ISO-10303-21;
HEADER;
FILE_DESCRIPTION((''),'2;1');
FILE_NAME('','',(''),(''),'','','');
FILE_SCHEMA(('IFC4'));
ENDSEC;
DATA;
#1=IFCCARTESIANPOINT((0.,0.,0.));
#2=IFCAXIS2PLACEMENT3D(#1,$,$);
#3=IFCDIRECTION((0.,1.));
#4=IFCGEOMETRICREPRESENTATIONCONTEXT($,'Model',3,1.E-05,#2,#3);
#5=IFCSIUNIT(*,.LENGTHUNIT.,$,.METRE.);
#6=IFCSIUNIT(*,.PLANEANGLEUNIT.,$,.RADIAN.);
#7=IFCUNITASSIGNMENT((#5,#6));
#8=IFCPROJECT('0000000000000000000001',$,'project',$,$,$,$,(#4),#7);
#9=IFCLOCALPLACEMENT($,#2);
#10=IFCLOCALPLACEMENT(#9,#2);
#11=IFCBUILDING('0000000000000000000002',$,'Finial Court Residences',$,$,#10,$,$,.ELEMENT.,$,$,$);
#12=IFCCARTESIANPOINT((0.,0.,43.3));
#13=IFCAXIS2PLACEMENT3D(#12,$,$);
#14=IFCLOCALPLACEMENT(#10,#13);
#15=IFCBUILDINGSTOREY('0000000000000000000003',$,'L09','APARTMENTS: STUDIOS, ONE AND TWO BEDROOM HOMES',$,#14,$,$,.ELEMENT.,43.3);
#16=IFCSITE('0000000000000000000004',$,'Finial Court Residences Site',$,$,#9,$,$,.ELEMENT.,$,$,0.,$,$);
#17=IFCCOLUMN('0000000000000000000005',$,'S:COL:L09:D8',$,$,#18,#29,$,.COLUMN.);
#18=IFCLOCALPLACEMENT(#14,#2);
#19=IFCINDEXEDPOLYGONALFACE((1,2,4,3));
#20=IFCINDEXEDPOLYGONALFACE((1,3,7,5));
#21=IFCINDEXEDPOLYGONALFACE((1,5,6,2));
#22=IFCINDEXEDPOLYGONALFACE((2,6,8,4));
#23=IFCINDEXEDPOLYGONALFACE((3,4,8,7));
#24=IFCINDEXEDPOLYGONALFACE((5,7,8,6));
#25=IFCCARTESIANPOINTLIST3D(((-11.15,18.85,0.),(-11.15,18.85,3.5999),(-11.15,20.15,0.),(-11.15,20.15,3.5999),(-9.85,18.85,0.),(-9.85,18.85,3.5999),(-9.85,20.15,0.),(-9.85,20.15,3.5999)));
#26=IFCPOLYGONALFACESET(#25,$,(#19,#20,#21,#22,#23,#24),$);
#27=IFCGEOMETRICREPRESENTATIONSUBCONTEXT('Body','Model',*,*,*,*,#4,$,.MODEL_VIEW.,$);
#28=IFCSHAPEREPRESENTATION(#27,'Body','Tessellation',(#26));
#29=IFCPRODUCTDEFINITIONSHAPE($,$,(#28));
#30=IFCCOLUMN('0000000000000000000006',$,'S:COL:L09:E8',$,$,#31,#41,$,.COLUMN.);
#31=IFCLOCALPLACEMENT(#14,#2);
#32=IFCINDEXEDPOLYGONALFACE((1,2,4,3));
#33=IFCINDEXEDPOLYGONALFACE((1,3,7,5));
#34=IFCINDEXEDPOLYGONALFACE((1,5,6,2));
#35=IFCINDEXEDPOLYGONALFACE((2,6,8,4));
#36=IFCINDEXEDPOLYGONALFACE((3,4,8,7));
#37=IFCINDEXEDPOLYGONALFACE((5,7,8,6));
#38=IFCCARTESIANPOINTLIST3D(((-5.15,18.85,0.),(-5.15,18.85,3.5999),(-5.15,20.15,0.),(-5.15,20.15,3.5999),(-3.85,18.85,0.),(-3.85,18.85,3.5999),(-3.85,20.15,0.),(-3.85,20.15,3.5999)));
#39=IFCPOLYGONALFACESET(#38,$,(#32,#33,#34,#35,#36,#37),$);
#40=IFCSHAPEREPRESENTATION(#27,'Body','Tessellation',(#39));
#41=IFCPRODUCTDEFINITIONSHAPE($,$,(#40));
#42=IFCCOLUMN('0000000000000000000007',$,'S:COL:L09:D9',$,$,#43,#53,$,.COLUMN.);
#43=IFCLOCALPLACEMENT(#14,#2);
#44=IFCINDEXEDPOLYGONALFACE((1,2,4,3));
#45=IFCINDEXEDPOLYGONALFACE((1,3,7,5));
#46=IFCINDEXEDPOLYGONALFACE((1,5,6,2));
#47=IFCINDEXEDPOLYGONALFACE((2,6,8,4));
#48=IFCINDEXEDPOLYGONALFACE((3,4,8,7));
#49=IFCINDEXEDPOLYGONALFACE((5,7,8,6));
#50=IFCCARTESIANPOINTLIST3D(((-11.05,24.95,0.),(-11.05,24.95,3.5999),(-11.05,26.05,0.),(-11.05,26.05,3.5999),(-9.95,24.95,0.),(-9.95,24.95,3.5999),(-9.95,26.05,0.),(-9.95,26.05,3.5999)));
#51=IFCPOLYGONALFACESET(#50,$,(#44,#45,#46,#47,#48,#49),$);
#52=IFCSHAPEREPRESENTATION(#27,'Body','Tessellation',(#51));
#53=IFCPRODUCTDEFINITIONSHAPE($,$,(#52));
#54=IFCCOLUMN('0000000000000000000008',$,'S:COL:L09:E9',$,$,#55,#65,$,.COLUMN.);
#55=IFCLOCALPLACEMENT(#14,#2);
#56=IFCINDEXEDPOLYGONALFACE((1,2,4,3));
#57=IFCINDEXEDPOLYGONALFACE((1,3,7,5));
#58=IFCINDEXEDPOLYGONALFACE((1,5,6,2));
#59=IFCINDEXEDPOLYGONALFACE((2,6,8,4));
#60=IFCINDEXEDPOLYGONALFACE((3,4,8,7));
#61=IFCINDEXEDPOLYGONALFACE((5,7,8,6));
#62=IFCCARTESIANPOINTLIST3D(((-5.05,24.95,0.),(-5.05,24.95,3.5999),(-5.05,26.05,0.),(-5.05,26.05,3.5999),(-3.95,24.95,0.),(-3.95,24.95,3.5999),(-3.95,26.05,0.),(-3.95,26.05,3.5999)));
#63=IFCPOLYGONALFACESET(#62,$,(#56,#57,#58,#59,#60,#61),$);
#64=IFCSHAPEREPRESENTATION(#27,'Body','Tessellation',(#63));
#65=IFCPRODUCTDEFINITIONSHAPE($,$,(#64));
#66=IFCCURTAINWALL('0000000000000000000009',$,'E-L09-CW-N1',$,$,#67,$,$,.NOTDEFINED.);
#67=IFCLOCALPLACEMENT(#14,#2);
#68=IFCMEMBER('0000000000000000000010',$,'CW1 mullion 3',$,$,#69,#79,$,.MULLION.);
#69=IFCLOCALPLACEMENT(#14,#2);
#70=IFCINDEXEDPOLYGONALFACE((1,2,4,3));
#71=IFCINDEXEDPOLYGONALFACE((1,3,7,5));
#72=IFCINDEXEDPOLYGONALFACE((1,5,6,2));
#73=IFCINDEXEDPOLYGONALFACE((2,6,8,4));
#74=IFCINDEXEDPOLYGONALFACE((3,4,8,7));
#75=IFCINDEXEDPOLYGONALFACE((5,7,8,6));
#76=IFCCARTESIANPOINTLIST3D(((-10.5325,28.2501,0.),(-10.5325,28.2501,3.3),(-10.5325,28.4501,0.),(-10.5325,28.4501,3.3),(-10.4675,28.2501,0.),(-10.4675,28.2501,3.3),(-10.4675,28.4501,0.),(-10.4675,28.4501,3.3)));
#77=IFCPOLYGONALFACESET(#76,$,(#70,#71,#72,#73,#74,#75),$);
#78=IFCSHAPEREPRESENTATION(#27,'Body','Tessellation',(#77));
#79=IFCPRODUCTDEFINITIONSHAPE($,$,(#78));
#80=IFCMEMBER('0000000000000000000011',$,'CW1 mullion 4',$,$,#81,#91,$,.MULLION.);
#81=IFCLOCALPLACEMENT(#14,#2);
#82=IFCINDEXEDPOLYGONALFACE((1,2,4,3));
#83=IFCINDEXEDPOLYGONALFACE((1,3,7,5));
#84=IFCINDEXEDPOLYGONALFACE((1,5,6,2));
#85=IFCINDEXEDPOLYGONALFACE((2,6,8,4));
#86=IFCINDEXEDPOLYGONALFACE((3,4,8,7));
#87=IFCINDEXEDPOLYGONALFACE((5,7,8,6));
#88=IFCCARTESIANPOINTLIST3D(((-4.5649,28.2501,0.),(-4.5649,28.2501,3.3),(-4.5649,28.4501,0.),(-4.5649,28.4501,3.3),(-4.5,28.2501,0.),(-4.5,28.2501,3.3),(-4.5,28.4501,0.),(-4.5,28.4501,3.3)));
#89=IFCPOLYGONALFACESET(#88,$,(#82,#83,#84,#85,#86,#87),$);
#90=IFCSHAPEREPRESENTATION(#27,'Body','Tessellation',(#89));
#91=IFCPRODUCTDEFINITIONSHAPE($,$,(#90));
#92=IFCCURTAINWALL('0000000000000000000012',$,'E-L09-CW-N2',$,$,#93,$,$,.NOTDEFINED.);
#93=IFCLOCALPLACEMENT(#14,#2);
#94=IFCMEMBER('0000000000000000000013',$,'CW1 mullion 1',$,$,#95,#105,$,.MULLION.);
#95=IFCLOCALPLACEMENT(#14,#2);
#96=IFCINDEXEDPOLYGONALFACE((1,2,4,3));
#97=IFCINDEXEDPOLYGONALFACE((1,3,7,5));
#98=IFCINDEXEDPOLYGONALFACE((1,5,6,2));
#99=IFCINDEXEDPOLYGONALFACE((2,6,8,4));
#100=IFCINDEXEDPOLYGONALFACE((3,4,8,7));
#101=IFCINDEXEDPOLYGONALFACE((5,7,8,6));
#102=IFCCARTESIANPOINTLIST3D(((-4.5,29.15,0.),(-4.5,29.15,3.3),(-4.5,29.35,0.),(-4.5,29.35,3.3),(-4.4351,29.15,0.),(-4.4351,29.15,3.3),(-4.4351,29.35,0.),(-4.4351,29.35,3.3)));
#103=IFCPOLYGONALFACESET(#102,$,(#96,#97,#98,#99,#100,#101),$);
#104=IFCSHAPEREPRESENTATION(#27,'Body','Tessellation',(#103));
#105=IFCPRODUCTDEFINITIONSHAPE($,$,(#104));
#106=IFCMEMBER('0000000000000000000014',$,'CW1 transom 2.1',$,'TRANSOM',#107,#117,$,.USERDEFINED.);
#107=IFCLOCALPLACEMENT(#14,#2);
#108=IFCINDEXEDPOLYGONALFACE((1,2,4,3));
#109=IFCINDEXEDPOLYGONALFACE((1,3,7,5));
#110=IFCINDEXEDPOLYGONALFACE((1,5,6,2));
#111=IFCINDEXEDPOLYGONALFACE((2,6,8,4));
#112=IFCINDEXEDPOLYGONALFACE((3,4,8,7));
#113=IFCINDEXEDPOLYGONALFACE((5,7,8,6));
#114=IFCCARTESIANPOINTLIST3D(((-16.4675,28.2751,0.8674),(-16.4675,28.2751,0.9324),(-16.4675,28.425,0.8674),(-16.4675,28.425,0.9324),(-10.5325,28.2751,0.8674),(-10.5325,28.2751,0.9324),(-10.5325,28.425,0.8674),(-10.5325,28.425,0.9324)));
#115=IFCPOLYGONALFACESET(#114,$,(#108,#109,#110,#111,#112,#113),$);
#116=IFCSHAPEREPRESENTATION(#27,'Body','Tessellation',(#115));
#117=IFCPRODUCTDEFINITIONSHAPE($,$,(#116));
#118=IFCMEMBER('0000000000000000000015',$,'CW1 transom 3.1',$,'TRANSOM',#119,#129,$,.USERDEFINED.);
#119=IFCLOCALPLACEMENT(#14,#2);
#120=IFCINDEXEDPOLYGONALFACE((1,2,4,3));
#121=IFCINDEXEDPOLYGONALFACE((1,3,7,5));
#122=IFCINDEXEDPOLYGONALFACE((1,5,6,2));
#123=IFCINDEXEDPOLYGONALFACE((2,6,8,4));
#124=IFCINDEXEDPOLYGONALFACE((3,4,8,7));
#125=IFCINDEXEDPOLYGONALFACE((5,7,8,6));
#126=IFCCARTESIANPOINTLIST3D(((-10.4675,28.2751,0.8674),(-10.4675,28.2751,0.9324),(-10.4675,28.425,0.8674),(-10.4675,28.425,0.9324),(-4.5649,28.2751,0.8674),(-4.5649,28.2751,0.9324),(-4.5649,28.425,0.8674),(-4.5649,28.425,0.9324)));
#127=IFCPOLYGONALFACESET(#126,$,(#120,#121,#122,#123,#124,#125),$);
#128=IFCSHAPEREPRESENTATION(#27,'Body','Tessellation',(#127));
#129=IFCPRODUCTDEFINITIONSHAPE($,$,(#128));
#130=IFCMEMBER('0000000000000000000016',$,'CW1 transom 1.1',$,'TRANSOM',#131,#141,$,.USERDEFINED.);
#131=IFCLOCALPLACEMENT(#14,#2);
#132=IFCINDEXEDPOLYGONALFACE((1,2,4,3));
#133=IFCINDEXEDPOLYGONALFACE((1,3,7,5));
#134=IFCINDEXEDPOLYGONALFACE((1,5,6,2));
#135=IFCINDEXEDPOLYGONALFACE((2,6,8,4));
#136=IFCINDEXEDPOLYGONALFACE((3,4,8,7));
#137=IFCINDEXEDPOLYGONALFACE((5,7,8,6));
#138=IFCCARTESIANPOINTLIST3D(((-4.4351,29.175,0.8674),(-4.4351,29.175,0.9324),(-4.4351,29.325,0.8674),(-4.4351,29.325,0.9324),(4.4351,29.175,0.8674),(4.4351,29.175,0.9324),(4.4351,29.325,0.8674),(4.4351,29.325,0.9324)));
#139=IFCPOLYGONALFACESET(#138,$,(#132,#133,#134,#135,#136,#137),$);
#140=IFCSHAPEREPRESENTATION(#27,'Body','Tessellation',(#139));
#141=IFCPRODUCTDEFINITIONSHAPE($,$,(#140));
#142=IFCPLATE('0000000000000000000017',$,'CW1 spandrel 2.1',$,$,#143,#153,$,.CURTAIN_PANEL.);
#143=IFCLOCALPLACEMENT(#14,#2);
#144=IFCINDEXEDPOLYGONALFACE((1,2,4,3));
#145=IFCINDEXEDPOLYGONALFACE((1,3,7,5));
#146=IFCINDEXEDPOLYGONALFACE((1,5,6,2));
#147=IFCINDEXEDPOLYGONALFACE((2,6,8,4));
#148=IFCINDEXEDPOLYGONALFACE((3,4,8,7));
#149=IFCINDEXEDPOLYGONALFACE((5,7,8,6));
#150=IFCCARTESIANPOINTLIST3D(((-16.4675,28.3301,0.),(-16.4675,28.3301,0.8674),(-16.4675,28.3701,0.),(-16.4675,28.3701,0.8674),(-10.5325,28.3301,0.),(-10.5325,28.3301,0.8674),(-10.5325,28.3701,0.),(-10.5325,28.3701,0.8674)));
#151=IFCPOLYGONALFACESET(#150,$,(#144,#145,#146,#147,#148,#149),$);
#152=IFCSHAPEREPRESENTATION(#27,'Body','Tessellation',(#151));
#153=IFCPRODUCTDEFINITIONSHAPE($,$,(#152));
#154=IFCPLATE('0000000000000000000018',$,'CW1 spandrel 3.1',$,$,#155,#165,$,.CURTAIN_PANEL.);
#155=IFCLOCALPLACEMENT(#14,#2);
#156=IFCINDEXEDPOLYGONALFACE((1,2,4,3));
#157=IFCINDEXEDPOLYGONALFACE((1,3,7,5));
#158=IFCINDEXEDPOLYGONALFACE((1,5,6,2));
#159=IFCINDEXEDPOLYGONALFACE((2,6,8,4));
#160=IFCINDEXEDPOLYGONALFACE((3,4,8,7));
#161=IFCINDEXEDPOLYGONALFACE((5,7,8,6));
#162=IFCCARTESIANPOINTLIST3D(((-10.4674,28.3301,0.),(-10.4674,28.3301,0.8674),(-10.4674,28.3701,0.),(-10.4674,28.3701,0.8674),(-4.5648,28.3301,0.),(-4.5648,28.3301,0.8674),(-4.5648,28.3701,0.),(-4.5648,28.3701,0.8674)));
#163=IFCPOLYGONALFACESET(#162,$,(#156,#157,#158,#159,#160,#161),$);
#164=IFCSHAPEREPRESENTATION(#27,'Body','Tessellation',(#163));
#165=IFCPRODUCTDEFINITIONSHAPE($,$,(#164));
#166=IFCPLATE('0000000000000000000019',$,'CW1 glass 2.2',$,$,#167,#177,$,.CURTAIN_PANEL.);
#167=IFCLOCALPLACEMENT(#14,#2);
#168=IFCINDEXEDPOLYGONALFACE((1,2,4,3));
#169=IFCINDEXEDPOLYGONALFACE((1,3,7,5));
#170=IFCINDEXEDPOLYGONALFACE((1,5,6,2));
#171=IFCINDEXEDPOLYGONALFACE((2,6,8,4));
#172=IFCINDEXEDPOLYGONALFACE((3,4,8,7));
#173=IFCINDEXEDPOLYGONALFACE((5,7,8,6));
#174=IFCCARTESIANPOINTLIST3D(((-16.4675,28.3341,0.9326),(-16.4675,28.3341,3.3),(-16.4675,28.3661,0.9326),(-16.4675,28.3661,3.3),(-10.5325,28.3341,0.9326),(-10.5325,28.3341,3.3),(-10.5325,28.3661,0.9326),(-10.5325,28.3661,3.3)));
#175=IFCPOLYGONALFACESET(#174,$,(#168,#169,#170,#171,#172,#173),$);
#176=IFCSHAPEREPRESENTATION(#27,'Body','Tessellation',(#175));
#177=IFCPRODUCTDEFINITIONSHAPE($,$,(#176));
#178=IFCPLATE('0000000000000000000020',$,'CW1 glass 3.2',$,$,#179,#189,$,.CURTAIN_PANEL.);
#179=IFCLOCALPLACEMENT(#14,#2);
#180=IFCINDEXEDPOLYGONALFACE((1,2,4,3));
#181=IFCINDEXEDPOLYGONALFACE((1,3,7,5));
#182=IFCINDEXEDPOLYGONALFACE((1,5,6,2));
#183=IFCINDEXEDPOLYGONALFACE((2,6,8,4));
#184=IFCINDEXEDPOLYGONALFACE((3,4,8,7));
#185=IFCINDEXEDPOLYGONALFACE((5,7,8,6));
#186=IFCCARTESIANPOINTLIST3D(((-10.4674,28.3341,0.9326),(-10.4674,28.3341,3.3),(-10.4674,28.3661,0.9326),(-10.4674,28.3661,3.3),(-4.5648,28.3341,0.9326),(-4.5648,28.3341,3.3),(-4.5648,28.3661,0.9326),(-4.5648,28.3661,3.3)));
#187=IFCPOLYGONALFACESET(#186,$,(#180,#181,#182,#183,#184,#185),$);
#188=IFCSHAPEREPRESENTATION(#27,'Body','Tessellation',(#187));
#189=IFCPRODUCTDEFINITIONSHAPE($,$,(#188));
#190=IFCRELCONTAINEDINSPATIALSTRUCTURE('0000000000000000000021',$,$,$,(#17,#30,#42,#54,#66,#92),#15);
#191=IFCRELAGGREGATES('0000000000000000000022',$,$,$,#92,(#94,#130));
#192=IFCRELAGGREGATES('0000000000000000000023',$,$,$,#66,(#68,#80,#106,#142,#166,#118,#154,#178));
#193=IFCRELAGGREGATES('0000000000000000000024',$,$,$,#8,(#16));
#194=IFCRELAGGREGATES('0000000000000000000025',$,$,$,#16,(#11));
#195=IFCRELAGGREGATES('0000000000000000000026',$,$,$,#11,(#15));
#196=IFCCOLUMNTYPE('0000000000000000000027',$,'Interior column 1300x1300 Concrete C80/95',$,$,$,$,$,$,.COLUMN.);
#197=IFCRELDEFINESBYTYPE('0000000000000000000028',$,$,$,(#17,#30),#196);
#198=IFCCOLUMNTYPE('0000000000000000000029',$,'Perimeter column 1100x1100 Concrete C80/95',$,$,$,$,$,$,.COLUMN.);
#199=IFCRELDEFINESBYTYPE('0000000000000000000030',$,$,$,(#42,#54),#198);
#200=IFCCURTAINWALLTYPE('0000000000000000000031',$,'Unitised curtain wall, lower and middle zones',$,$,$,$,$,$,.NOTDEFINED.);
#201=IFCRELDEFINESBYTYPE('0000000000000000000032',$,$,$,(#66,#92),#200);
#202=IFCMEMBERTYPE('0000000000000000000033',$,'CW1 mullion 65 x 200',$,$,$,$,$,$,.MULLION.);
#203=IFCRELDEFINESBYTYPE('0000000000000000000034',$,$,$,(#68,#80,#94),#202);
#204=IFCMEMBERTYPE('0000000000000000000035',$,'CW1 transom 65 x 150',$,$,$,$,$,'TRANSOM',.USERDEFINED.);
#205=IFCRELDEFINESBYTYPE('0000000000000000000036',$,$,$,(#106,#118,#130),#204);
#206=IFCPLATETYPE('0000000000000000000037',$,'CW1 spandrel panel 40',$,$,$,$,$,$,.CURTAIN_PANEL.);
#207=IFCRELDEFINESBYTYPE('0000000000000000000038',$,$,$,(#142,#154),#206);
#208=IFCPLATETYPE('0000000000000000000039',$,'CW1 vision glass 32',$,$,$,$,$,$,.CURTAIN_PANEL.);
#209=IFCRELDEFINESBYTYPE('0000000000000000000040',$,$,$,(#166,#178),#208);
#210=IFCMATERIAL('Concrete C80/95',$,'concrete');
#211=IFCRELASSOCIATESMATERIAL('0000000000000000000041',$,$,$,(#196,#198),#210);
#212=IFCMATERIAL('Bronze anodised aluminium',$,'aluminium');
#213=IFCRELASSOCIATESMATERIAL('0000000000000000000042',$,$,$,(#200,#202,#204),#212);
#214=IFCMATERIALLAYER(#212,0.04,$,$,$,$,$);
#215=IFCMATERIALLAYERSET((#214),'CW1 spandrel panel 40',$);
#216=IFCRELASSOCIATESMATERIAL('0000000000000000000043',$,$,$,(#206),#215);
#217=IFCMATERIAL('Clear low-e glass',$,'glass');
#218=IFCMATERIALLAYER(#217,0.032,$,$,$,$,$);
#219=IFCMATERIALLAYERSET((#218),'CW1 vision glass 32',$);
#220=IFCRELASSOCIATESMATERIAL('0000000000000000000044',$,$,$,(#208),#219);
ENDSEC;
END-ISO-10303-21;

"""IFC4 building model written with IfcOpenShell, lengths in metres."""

from ifc_helpers import new_model, si_unit, direction, frame, origin, origin_2d, place, context, subcontext, project, spatial, rectangle, extrude, material, layer, layer_set, material_profile, profile_set, type_object, element, aggregate, save


model = new_model("IFC4")

# Units and contexts
model_context = context("Model", 3, precision=1e-05, world=origin(), true_north=direction((0.0, 1.0)))
body_context = subcontext(model_context, "Body", "Model", "MODEL_VIEW")
ifc_project = project(units=[si_unit("LENGTHUNIT", "METRE"), si_unit("PLANEANGLEUNIT", "RADIAN")], contexts=[model_context])

# Site, building, storey
site_placement = place(None, origin())
site = spatial("IfcSite", under=ifc_project, at=site_placement, Name="Finial Court Residences Site", CompositionType="ELEMENT", RefElevation=0.0)
building_placement = place(site_placement, origin())
building = spatial("IfcBuilding", under=site, at=building_placement, Name="Finial Court Residences", CompositionType="ELEMENT")
storey_placement = place(building_placement, frame((0.0, 0.0, 43.3)))
storey = spatial("IfcBuildingStorey", under=building, at=storey_placement, Name="L09", Description="APARTMENTS: STUDIOS, ONE AND TWO BEDROOM HOMES", CompositionType="ELEMENT", Elevation=43.3)

# Columns
ifc_material_1 = material(Name="Concrete C80/95", Category="concrete")
ifc_material_profile_1 = material_profile(ifc_material_1, rectangle(XDim=1.3, YDim=1.3, at=origin_2d()), Name="1300x1300")
ifc_profile_set_1 = profile_set([ifc_material_profile_1], Name="Concrete C80/95")
column_type_1 = type_object("IfcColumnType", Name="Interior column 1300x1300 Concrete C80/95", PredefinedType="COLUMN", material=ifc_profile_set_1)
for number, where, z_axis, x_axis, name in (
    (1, (-10.5, 19.5, 0.0), (0.0, 0.0, 1.0), (1.0, 0.0, 0.0), "S:COL:L09:D8"),
    (2, (-4.5, 19.5, 0.0), (0.0, 0.0, 1.0), (1.0, 0.0, 0.0), "S:COL:L09:E8"),
):
    element("IfcColumn", number, at=place(storey_placement, frame(where, z_axis=z_axis, x_axis=x_axis)), inside=storey, type_object=column_type_1, Name=name, PredefinedType="COLUMN", context=body_context, shape_type="SweptSolid", body=[
        extrude(rectangle(XDim=1.3, YDim=1.3, at=origin_2d()), origin(), (0.0, 0.0, 1.0), 3.5999),
    ])
ifc_material_profile_2 = material_profile(ifc_material_1, rectangle(XDim=1.1001, YDim=1.1001, at=origin_2d()), Name="1100x1100")
ifc_profile_set_2 = profile_set([ifc_material_profile_2], Name="Concrete C80/95")
column_type_2 = type_object("IfcColumnType", Name="Perimeter column 1100x1100 Concrete C80/95", PredefinedType="COLUMN", material=ifc_profile_set_2)
for number, where, z_axis, x_axis, name in (
    (3, (-10.5, 25.5, 0.0), (0.0, 0.0, 1.0), (1.0, 0.0, 0.0), "S:COL:L09:D9"),
    (4, (-4.5, 25.5, 0.0), (0.0, 0.0, 1.0), (1.0, 0.0, 0.0), "S:COL:L09:E9"),
):
    element("IfcColumn", number, at=place(storey_placement, frame(where, z_axis=z_axis, x_axis=x_axis)), inside=storey, type_object=column_type_2, Name=name, PredefinedType="COLUMN", context=body_context, shape_type="SweptSolid", body=[
        extrude(rectangle(XDim=1.1001, YDim=1.1001, at=origin_2d()), origin(), (0.0, 0.0, 1.0), 3.5999),
    ])

# Curtain wall, members
ifc_material_2 = material(Name="Bronze anodised aluminium", Category="aluminium")
curtain_wall_type = type_object("IfcCurtainWallType", Name="Unitised curtain wall, lower and middle zones", PredefinedType="NOTDEFINED", material=ifc_material_2)
curtain_wall_1_placement = place(storey_placement, origin())
curtain_wall_1 = element("IfcCurtainWall", 5, at=curtain_wall_1_placement, inside=storey, type_object=curtain_wall_type, Name="E-L09-CW-N1", PredefinedType="NOTDEFINED")
ifc_material_profile_3 = material_profile(ifc_material_2, rectangle(XDim=0.2, YDim=0.0649, at=origin_2d()), Name="CW1 mullion 65 x 200")
ifc_profile_set_3 = profile_set([ifc_material_profile_3], Name="Bronze anodised aluminium")
member_type_1 = type_object("IfcMemberType", Name="CW1 mullion 65 x 200", PredefinedType="MULLION", material=ifc_profile_set_3)
member_1_placement = place(storey_placement, frame((-10.5, 28.3501, 0.0), z_axis=(0.0, 0.0, 1.0), x_axis=(0.0, 1.0, 0.0)))
member_1 = element("IfcMember", 6, at=member_1_placement, type_object=member_type_1, Name="CW1 mullion 3", PredefinedType="MULLION", context=body_context, shape_type="SweptSolid", body=[
    extrude(rectangle(XDim=0.2, YDim=0.0649, at=origin_2d()), origin(), (0.0, 0.0, 1.0), 3.3),
])
member_2_placement = place(storey_placement, frame((-4.5325, 28.3501, 0.0), z_axis=(0.0, 0.0, 1.0), x_axis=(0.0, 1.0, 0.0)))
member_2 = element("IfcMember", 7, at=member_2_placement, type_object=member_type_1, Name="CW1 mullion 4", PredefinedType="MULLION", context=body_context, shape_type="SweptSolid", body=[
    extrude(rectangle(XDim=0.2, YDim=0.0649, at=origin_2d()), origin(), (0.0, 0.0, 1.0), 3.3),
])

# Curtain wall, member
curtain_wall_2_placement = place(storey_placement, origin())
curtain_wall_2 = element("IfcCurtainWall", 8, at=curtain_wall_2_placement, inside=storey, type_object=curtain_wall_type, Name="E-L09-CW-N2", PredefinedType="NOTDEFINED")
member_3_placement = place(storey_placement, frame((-4.4675, 29.25, 0.0), z_axis=(0.0, 0.0, 1.0), x_axis=(0.0, 1.0, 0.0)))
member_3 = element("IfcMember", 9, at=member_3_placement, type_object=member_type_1, Name="CW1 mullion 1", PredefinedType="MULLION", context=body_context, shape_type="SweptSolid", body=[
    extrude(rectangle(XDim=0.2, YDim=0.0649, at=origin_2d()), origin(), (0.0, 0.0, 1.0), 3.3),
])

# Members
ifc_material_profile_4 = material_profile(ifc_material_2, rectangle(XDim=0.1499, YDim=0.0649, at=origin_2d()), Name="CW1 transom 65 x 150")
ifc_profile_set_4 = profile_set([ifc_material_profile_4], Name="Bronze anodised aluminium")
member_type_2 = type_object("IfcMemberType", Name="CW1 transom 65 x 150", ElementType="TRANSOM", PredefinedType="USERDEFINED", material=ifc_profile_set_4)
member_4_placement = place(storey_placement, frame((-16.4675, 28.3501, 0.8999), z_axis=(1.0, 0.0, 0.0), x_axis=(0.0, 1.0, 0.0)))
member_4 = element("IfcMember", 10, at=member_4_placement, type_object=member_type_2, Name="CW1 transom 2.1", ObjectType="TRANSOM", PredefinedType="USERDEFINED", context=body_context, shape_type="SweptSolid", body=[
    extrude(rectangle(XDim=0.1499, YDim=0.0649, at=origin_2d()), origin(), (0.0, 0.0, 1.0), 5.9351),
])
member_5_placement = place(storey_placement, frame((-10.4675, 28.3501, 0.8999), z_axis=(1.0, 0.0, 0.0), x_axis=(0.0, 1.0, 0.0)))
member_5 = element("IfcMember", 11, at=member_5_placement, type_object=member_type_2, Name="CW1 transom 3.1", ObjectType="TRANSOM", PredefinedType="USERDEFINED", context=body_context, shape_type="SweptSolid", body=[
    extrude(rectangle(XDim=0.1499, YDim=0.0649, at=origin_2d()), origin(), (0.0, 0.0, 1.0), 5.9026),
])
member_6_placement = place(storey_placement, frame((-4.4351, 29.25, 0.8999), z_axis=(1.0, 0.0, 0.0), x_axis=(0.0, 1.0, 0.0)))
member_6 = element("IfcMember", 12, at=member_6_placement, type_object=member_type_2, Name="CW1 transom 1.1", ObjectType="TRANSOM", PredefinedType="USERDEFINED", context=body_context, shape_type="SweptSolid", body=[
    extrude(rectangle(XDim=0.1499, YDim=0.0649, at=origin_2d()), origin(), (0.0, 0.0, 1.0), 8.8701),
])
aggregate(curtain_wall_2, [member_3, member_6])

# Plates
ifc_layer_1 = layer(ifc_material_2, 0.04)
ifc_layer_set_1 = layer_set([ifc_layer_1], Name="CW1 spandrel panel 40")
plate_type_1 = type_object("IfcPlateType", Name="CW1 spandrel panel 40", PredefinedType="CURTAIN_PANEL", material=ifc_layer_set_1)
plate_1_placement = place(storey_placement, frame((-13.5, 28.3501, 0.0), z_axis=(0.0, 0.0, 1.0), x_axis=(1.0, 0.0, 0.0)))
plate_1 = element("IfcPlate", 13, at=plate_1_placement, type_object=plate_type_1, Name="CW1 spandrel 2.1", PredefinedType="CURTAIN_PANEL", context=body_context, shape_type="SweptSolid", body=[
    extrude(rectangle(XDim=5.9351, YDim=0.04, at=origin_2d()), origin(), (0.0, 0.0, 1.0), 0.8674),
])
plate_2_placement = place(storey_placement, frame((-7.5161, 28.3501, 0.0), z_axis=(0.0, 0.0, 1.0), x_axis=(1.0, 0.0, 0.0)))
plate_2 = element("IfcPlate", 14, at=plate_2_placement, type_object=plate_type_1, Name="CW1 spandrel 3.1", PredefinedType="CURTAIN_PANEL", context=body_context, shape_type="SweptSolid", body=[
    extrude(rectangle(XDim=5.9026, YDim=0.04, at=origin_2d()), origin(), (0.0, 0.0, 1.0), 0.8674),
])
ifc_material_3 = material(Name="Clear low-e glass", Category="glass")
ifc_layer_2 = layer(ifc_material_3, 0.032)
ifc_layer_set_2 = layer_set([ifc_layer_2], Name="CW1 vision glass 32")
plate_type_2 = type_object("IfcPlateType", Name="CW1 vision glass 32", PredefinedType="CURTAIN_PANEL", material=ifc_layer_set_2)
plate_3_placement = place(storey_placement, frame((-13.5, 28.3501, 0.9326), z_axis=(0.0, 0.0, 1.0), x_axis=(1.0, 0.0, 0.0)))
plate_3 = element("IfcPlate", 15, at=plate_3_placement, type_object=plate_type_2, Name="CW1 glass 2.2", PredefinedType="CURTAIN_PANEL", context=body_context, shape_type="SweptSolid", body=[
    extrude(rectangle(XDim=5.9351, YDim=0.032, at=origin_2d()), origin(), (0.0, 0.0, 1.0), 2.3674),
])
plate_4_placement = place(storey_placement, frame((-7.5161, 28.3501, 0.9326), z_axis=(0.0, 0.0, 1.0), x_axis=(1.0, 0.0, 0.0)))
plate_4 = element("IfcPlate", 16, at=plate_4_placement, type_object=plate_type_2, Name="CW1 glass 3.2", PredefinedType="CURTAIN_PANEL", context=body_context, shape_type="SweptSolid", body=[
    extrude(rectangle(XDim=5.9026, YDim=0.032, at=origin_2d()), origin(), (0.0, 0.0, 1.0), 2.3674),
])
aggregate(curtain_wall_1, [member_1, member_2, member_4, plate_1, plate_3, member_5, plate_2, plate_4])

save(model, "model.ifc")
